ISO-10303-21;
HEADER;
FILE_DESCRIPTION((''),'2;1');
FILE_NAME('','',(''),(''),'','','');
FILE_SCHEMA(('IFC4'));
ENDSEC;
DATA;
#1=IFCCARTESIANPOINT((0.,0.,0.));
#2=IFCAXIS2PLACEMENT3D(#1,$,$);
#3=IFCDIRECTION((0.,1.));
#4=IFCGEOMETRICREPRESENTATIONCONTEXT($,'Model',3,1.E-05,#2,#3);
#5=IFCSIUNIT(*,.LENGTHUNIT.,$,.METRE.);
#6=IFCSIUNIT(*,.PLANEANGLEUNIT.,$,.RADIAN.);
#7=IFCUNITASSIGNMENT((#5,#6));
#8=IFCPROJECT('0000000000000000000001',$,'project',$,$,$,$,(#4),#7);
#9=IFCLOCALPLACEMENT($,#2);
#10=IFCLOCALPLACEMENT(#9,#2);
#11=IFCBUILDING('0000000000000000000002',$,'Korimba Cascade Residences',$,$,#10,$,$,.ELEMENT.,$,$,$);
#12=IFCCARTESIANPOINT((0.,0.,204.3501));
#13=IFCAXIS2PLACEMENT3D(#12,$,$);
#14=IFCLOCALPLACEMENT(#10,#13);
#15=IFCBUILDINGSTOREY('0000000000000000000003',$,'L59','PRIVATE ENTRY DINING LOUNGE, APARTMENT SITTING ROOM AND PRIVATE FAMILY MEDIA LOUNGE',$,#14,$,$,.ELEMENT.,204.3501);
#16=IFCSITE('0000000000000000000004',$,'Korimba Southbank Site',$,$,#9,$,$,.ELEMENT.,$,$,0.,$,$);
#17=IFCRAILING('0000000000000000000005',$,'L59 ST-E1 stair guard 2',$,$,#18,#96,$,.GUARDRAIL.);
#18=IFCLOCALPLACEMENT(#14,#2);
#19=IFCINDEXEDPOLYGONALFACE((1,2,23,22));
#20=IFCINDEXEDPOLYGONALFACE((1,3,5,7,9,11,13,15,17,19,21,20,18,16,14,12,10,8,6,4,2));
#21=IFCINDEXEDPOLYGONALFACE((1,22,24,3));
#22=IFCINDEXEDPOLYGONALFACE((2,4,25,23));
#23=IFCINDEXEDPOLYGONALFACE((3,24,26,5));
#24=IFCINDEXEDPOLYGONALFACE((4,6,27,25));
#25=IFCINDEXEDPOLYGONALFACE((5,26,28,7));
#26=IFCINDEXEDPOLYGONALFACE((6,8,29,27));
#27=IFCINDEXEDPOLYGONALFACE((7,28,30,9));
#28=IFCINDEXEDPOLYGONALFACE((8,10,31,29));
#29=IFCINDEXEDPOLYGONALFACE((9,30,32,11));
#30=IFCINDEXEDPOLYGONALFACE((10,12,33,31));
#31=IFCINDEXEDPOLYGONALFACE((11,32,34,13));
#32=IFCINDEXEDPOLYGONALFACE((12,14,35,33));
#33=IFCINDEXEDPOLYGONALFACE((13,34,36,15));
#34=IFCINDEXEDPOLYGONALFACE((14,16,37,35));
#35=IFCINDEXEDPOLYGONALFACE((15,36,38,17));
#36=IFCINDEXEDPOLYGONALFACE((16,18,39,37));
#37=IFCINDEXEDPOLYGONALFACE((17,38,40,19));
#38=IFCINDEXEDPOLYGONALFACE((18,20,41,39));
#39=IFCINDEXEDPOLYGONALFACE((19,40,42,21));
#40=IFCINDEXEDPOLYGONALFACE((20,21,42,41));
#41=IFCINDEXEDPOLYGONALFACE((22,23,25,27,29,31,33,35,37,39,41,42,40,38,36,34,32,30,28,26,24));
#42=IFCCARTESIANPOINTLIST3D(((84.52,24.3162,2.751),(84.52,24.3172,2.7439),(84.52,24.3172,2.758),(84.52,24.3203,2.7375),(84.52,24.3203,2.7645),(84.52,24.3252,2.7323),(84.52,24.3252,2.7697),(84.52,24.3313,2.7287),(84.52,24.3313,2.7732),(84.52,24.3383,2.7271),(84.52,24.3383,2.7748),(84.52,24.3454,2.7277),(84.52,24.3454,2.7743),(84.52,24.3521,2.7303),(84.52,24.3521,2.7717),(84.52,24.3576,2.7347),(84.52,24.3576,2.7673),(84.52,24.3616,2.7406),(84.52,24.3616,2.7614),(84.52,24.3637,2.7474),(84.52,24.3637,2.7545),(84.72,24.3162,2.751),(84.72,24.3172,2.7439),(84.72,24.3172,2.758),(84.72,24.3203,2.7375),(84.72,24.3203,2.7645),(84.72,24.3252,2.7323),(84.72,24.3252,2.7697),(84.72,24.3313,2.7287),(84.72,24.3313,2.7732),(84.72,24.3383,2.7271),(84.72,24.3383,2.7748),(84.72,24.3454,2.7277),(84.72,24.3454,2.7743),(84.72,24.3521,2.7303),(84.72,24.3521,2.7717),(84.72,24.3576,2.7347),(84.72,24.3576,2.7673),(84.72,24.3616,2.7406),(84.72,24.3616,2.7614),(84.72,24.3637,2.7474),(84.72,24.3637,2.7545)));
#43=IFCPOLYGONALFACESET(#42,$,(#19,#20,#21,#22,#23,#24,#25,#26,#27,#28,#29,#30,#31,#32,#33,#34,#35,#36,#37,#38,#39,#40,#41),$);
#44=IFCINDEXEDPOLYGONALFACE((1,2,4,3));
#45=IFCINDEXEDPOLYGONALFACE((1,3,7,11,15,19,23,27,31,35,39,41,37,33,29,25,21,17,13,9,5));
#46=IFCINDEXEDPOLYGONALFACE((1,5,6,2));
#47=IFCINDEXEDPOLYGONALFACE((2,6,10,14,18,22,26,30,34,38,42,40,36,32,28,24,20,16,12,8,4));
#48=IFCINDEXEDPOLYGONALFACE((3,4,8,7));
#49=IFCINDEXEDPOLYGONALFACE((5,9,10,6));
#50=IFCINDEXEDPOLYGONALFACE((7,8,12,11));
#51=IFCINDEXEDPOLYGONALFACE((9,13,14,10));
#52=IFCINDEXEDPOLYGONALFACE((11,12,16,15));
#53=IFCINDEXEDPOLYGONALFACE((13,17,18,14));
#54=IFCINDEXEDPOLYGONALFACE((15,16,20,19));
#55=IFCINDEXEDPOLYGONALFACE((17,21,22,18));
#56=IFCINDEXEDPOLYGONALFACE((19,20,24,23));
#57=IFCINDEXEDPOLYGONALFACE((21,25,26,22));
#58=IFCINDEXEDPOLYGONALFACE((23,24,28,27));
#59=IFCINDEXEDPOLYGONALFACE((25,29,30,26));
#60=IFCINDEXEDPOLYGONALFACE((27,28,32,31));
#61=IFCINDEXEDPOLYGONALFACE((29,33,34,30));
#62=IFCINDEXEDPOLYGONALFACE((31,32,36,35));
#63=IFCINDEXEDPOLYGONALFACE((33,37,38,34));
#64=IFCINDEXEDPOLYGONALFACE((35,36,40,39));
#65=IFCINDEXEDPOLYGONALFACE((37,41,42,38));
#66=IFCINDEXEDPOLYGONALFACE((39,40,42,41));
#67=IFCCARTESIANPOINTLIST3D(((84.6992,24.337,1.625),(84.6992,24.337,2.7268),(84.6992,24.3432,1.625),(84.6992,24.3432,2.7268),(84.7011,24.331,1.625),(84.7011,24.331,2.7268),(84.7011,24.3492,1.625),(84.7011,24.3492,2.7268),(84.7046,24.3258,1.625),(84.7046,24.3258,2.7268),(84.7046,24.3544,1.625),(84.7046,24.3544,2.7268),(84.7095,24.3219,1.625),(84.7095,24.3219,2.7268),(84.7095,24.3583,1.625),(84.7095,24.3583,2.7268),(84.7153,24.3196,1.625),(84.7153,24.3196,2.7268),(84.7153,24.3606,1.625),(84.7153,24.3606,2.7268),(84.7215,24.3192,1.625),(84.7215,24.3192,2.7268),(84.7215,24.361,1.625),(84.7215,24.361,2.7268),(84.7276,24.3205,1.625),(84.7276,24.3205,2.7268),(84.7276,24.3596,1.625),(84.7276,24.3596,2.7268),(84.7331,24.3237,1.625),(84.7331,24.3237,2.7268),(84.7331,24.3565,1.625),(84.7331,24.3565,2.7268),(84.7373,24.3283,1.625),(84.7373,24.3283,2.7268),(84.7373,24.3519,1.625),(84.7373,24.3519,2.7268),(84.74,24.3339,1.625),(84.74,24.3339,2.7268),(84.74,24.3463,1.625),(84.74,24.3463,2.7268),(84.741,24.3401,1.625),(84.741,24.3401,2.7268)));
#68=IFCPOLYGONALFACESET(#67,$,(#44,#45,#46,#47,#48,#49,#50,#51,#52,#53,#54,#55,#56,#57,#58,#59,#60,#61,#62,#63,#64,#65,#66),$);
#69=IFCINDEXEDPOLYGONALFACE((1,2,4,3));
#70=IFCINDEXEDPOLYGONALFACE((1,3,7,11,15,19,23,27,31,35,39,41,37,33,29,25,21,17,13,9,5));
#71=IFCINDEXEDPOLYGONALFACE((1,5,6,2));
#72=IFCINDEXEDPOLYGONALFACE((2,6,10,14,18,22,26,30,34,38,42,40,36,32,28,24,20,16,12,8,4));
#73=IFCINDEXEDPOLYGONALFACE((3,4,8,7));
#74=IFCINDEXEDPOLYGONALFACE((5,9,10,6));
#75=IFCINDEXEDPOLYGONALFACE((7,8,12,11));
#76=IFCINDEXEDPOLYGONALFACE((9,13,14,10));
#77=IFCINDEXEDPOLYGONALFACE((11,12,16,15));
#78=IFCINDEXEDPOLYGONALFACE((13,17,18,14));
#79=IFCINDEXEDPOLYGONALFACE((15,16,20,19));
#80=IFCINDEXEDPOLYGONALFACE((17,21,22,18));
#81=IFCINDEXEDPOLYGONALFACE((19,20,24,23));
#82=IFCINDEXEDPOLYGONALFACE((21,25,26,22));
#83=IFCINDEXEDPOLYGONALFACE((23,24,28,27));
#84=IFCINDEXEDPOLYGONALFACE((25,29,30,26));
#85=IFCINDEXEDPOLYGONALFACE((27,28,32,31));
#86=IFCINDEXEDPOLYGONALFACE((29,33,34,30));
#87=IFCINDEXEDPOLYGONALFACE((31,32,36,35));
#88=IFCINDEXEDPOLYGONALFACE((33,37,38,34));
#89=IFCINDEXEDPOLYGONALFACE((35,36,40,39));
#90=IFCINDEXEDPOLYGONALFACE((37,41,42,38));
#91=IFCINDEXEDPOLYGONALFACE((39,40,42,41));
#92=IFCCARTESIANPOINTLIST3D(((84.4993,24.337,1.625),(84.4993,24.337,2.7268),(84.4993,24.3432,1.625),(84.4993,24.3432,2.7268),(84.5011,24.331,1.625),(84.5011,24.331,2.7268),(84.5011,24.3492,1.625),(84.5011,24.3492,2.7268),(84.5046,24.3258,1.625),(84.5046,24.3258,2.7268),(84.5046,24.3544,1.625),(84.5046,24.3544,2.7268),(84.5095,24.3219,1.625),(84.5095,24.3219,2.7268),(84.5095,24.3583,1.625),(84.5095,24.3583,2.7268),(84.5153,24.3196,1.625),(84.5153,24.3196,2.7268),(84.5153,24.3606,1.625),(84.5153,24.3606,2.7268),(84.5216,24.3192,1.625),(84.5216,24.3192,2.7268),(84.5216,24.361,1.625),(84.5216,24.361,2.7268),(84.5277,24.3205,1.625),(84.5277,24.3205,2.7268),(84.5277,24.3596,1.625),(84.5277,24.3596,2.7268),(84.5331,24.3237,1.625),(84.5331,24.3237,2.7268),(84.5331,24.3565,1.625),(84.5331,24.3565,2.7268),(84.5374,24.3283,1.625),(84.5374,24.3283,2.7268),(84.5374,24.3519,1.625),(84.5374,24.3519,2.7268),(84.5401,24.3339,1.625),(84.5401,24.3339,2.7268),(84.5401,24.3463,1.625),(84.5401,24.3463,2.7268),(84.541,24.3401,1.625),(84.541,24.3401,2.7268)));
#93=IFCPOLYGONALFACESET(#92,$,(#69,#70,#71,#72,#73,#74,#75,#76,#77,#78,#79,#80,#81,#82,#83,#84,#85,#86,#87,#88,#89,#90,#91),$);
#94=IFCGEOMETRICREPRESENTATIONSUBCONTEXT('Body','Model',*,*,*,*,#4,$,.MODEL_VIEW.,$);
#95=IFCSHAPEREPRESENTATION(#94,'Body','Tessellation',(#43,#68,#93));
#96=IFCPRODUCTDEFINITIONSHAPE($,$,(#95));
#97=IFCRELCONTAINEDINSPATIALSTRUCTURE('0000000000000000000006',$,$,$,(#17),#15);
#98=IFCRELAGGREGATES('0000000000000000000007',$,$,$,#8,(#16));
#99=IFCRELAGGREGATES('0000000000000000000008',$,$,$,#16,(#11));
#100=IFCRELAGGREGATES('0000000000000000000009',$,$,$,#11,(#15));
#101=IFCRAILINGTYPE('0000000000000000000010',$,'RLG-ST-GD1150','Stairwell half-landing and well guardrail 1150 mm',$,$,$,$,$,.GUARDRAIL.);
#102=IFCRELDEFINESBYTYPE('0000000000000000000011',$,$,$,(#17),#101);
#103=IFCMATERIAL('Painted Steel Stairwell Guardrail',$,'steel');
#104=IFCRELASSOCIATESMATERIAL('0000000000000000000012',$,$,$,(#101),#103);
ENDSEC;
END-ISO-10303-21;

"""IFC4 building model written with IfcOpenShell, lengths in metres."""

from ifc_helpers import new_model, si_unit, direction, frame, origin, origin_2d, place, context, subcontext, project, spatial, circle, extrude, material, type_object, element, save


model = new_model("IFC4")

# Units and contexts
model_context = context("Model", 3, precision=1e-05, world=origin(), true_north=direction((0.0, 1.0)))
body_context = subcontext(model_context, "Body", "Model", "MODEL_VIEW")
ifc_project = project(units=[si_unit("LENGTHUNIT", "METRE"), si_unit("PLANEANGLEUNIT", "RADIAN")], contexts=[model_context])

# Site, building, storey
site_placement = place(None, origin())
site = spatial("IfcSite", under=ifc_project, at=site_placement, Name="Korimba Southbank Site", CompositionType="ELEMENT", RefElevation=0.0)
building_placement = place(site_placement, origin())
building = spatial("IfcBuilding", under=site, at=building_placement, Name="Korimba Cascade Residences", CompositionType="ELEMENT")
storey_placement = place(building_placement, frame((0.0, 0.0, 204.3501)))
storey = spatial("IfcBuildingStorey", under=building, at=storey_placement, Name="L59", Description="PRIVATE ENTRY DINING LOUNGE, APARTMENT SITTING ROOM AND PRIVATE FAMILY MEDIA LOUNGE", CompositionType="ELEMENT", Elevation=204.3501)

# Railing
ifc_material_1 = material(Name="Painted Steel Stairwell Guardrail", Category="steel")
railing_type_1 = type_object("IfcRailingType", Name="RLG-ST-GD1150", Description="Stairwell half-landing and well guardrail 1150 mm", PredefinedType="GUARDRAIL", material=ifc_material_1)
railing_1_placement = place(storey_placement, frame((84.72, 24.3401, 1.625)))
element("IfcRailing", 1, at=railing_1_placement, inside=storey, type_object=railing_type_1, Name="L59 ST-E1 stair guard 2", PredefinedType="GUARDRAIL", context=body_context, shape_type="SweptSolid", body=[
    extrude(circle(Radius=0.0239, at=origin_2d()), frame((0.0, 0.0, 1.126), z_axis=(-1.0, 0.0, 0.0), x_axis=(0.0, -1.0, 0.0)), (0.0, 0.0, 1.0), 0.2),
    extrude(circle(Radius=0.021, at=origin_2d()), origin(), (0.0, 0.0, 1.0), 1.1018),
    extrude(circle(Radius=0.021, at=origin_2d()), frame((-0.2, 0.0, 0.0)), (0.0, 0.0, 1.0), 1.1018),
])

save(model, "model.ifc")
